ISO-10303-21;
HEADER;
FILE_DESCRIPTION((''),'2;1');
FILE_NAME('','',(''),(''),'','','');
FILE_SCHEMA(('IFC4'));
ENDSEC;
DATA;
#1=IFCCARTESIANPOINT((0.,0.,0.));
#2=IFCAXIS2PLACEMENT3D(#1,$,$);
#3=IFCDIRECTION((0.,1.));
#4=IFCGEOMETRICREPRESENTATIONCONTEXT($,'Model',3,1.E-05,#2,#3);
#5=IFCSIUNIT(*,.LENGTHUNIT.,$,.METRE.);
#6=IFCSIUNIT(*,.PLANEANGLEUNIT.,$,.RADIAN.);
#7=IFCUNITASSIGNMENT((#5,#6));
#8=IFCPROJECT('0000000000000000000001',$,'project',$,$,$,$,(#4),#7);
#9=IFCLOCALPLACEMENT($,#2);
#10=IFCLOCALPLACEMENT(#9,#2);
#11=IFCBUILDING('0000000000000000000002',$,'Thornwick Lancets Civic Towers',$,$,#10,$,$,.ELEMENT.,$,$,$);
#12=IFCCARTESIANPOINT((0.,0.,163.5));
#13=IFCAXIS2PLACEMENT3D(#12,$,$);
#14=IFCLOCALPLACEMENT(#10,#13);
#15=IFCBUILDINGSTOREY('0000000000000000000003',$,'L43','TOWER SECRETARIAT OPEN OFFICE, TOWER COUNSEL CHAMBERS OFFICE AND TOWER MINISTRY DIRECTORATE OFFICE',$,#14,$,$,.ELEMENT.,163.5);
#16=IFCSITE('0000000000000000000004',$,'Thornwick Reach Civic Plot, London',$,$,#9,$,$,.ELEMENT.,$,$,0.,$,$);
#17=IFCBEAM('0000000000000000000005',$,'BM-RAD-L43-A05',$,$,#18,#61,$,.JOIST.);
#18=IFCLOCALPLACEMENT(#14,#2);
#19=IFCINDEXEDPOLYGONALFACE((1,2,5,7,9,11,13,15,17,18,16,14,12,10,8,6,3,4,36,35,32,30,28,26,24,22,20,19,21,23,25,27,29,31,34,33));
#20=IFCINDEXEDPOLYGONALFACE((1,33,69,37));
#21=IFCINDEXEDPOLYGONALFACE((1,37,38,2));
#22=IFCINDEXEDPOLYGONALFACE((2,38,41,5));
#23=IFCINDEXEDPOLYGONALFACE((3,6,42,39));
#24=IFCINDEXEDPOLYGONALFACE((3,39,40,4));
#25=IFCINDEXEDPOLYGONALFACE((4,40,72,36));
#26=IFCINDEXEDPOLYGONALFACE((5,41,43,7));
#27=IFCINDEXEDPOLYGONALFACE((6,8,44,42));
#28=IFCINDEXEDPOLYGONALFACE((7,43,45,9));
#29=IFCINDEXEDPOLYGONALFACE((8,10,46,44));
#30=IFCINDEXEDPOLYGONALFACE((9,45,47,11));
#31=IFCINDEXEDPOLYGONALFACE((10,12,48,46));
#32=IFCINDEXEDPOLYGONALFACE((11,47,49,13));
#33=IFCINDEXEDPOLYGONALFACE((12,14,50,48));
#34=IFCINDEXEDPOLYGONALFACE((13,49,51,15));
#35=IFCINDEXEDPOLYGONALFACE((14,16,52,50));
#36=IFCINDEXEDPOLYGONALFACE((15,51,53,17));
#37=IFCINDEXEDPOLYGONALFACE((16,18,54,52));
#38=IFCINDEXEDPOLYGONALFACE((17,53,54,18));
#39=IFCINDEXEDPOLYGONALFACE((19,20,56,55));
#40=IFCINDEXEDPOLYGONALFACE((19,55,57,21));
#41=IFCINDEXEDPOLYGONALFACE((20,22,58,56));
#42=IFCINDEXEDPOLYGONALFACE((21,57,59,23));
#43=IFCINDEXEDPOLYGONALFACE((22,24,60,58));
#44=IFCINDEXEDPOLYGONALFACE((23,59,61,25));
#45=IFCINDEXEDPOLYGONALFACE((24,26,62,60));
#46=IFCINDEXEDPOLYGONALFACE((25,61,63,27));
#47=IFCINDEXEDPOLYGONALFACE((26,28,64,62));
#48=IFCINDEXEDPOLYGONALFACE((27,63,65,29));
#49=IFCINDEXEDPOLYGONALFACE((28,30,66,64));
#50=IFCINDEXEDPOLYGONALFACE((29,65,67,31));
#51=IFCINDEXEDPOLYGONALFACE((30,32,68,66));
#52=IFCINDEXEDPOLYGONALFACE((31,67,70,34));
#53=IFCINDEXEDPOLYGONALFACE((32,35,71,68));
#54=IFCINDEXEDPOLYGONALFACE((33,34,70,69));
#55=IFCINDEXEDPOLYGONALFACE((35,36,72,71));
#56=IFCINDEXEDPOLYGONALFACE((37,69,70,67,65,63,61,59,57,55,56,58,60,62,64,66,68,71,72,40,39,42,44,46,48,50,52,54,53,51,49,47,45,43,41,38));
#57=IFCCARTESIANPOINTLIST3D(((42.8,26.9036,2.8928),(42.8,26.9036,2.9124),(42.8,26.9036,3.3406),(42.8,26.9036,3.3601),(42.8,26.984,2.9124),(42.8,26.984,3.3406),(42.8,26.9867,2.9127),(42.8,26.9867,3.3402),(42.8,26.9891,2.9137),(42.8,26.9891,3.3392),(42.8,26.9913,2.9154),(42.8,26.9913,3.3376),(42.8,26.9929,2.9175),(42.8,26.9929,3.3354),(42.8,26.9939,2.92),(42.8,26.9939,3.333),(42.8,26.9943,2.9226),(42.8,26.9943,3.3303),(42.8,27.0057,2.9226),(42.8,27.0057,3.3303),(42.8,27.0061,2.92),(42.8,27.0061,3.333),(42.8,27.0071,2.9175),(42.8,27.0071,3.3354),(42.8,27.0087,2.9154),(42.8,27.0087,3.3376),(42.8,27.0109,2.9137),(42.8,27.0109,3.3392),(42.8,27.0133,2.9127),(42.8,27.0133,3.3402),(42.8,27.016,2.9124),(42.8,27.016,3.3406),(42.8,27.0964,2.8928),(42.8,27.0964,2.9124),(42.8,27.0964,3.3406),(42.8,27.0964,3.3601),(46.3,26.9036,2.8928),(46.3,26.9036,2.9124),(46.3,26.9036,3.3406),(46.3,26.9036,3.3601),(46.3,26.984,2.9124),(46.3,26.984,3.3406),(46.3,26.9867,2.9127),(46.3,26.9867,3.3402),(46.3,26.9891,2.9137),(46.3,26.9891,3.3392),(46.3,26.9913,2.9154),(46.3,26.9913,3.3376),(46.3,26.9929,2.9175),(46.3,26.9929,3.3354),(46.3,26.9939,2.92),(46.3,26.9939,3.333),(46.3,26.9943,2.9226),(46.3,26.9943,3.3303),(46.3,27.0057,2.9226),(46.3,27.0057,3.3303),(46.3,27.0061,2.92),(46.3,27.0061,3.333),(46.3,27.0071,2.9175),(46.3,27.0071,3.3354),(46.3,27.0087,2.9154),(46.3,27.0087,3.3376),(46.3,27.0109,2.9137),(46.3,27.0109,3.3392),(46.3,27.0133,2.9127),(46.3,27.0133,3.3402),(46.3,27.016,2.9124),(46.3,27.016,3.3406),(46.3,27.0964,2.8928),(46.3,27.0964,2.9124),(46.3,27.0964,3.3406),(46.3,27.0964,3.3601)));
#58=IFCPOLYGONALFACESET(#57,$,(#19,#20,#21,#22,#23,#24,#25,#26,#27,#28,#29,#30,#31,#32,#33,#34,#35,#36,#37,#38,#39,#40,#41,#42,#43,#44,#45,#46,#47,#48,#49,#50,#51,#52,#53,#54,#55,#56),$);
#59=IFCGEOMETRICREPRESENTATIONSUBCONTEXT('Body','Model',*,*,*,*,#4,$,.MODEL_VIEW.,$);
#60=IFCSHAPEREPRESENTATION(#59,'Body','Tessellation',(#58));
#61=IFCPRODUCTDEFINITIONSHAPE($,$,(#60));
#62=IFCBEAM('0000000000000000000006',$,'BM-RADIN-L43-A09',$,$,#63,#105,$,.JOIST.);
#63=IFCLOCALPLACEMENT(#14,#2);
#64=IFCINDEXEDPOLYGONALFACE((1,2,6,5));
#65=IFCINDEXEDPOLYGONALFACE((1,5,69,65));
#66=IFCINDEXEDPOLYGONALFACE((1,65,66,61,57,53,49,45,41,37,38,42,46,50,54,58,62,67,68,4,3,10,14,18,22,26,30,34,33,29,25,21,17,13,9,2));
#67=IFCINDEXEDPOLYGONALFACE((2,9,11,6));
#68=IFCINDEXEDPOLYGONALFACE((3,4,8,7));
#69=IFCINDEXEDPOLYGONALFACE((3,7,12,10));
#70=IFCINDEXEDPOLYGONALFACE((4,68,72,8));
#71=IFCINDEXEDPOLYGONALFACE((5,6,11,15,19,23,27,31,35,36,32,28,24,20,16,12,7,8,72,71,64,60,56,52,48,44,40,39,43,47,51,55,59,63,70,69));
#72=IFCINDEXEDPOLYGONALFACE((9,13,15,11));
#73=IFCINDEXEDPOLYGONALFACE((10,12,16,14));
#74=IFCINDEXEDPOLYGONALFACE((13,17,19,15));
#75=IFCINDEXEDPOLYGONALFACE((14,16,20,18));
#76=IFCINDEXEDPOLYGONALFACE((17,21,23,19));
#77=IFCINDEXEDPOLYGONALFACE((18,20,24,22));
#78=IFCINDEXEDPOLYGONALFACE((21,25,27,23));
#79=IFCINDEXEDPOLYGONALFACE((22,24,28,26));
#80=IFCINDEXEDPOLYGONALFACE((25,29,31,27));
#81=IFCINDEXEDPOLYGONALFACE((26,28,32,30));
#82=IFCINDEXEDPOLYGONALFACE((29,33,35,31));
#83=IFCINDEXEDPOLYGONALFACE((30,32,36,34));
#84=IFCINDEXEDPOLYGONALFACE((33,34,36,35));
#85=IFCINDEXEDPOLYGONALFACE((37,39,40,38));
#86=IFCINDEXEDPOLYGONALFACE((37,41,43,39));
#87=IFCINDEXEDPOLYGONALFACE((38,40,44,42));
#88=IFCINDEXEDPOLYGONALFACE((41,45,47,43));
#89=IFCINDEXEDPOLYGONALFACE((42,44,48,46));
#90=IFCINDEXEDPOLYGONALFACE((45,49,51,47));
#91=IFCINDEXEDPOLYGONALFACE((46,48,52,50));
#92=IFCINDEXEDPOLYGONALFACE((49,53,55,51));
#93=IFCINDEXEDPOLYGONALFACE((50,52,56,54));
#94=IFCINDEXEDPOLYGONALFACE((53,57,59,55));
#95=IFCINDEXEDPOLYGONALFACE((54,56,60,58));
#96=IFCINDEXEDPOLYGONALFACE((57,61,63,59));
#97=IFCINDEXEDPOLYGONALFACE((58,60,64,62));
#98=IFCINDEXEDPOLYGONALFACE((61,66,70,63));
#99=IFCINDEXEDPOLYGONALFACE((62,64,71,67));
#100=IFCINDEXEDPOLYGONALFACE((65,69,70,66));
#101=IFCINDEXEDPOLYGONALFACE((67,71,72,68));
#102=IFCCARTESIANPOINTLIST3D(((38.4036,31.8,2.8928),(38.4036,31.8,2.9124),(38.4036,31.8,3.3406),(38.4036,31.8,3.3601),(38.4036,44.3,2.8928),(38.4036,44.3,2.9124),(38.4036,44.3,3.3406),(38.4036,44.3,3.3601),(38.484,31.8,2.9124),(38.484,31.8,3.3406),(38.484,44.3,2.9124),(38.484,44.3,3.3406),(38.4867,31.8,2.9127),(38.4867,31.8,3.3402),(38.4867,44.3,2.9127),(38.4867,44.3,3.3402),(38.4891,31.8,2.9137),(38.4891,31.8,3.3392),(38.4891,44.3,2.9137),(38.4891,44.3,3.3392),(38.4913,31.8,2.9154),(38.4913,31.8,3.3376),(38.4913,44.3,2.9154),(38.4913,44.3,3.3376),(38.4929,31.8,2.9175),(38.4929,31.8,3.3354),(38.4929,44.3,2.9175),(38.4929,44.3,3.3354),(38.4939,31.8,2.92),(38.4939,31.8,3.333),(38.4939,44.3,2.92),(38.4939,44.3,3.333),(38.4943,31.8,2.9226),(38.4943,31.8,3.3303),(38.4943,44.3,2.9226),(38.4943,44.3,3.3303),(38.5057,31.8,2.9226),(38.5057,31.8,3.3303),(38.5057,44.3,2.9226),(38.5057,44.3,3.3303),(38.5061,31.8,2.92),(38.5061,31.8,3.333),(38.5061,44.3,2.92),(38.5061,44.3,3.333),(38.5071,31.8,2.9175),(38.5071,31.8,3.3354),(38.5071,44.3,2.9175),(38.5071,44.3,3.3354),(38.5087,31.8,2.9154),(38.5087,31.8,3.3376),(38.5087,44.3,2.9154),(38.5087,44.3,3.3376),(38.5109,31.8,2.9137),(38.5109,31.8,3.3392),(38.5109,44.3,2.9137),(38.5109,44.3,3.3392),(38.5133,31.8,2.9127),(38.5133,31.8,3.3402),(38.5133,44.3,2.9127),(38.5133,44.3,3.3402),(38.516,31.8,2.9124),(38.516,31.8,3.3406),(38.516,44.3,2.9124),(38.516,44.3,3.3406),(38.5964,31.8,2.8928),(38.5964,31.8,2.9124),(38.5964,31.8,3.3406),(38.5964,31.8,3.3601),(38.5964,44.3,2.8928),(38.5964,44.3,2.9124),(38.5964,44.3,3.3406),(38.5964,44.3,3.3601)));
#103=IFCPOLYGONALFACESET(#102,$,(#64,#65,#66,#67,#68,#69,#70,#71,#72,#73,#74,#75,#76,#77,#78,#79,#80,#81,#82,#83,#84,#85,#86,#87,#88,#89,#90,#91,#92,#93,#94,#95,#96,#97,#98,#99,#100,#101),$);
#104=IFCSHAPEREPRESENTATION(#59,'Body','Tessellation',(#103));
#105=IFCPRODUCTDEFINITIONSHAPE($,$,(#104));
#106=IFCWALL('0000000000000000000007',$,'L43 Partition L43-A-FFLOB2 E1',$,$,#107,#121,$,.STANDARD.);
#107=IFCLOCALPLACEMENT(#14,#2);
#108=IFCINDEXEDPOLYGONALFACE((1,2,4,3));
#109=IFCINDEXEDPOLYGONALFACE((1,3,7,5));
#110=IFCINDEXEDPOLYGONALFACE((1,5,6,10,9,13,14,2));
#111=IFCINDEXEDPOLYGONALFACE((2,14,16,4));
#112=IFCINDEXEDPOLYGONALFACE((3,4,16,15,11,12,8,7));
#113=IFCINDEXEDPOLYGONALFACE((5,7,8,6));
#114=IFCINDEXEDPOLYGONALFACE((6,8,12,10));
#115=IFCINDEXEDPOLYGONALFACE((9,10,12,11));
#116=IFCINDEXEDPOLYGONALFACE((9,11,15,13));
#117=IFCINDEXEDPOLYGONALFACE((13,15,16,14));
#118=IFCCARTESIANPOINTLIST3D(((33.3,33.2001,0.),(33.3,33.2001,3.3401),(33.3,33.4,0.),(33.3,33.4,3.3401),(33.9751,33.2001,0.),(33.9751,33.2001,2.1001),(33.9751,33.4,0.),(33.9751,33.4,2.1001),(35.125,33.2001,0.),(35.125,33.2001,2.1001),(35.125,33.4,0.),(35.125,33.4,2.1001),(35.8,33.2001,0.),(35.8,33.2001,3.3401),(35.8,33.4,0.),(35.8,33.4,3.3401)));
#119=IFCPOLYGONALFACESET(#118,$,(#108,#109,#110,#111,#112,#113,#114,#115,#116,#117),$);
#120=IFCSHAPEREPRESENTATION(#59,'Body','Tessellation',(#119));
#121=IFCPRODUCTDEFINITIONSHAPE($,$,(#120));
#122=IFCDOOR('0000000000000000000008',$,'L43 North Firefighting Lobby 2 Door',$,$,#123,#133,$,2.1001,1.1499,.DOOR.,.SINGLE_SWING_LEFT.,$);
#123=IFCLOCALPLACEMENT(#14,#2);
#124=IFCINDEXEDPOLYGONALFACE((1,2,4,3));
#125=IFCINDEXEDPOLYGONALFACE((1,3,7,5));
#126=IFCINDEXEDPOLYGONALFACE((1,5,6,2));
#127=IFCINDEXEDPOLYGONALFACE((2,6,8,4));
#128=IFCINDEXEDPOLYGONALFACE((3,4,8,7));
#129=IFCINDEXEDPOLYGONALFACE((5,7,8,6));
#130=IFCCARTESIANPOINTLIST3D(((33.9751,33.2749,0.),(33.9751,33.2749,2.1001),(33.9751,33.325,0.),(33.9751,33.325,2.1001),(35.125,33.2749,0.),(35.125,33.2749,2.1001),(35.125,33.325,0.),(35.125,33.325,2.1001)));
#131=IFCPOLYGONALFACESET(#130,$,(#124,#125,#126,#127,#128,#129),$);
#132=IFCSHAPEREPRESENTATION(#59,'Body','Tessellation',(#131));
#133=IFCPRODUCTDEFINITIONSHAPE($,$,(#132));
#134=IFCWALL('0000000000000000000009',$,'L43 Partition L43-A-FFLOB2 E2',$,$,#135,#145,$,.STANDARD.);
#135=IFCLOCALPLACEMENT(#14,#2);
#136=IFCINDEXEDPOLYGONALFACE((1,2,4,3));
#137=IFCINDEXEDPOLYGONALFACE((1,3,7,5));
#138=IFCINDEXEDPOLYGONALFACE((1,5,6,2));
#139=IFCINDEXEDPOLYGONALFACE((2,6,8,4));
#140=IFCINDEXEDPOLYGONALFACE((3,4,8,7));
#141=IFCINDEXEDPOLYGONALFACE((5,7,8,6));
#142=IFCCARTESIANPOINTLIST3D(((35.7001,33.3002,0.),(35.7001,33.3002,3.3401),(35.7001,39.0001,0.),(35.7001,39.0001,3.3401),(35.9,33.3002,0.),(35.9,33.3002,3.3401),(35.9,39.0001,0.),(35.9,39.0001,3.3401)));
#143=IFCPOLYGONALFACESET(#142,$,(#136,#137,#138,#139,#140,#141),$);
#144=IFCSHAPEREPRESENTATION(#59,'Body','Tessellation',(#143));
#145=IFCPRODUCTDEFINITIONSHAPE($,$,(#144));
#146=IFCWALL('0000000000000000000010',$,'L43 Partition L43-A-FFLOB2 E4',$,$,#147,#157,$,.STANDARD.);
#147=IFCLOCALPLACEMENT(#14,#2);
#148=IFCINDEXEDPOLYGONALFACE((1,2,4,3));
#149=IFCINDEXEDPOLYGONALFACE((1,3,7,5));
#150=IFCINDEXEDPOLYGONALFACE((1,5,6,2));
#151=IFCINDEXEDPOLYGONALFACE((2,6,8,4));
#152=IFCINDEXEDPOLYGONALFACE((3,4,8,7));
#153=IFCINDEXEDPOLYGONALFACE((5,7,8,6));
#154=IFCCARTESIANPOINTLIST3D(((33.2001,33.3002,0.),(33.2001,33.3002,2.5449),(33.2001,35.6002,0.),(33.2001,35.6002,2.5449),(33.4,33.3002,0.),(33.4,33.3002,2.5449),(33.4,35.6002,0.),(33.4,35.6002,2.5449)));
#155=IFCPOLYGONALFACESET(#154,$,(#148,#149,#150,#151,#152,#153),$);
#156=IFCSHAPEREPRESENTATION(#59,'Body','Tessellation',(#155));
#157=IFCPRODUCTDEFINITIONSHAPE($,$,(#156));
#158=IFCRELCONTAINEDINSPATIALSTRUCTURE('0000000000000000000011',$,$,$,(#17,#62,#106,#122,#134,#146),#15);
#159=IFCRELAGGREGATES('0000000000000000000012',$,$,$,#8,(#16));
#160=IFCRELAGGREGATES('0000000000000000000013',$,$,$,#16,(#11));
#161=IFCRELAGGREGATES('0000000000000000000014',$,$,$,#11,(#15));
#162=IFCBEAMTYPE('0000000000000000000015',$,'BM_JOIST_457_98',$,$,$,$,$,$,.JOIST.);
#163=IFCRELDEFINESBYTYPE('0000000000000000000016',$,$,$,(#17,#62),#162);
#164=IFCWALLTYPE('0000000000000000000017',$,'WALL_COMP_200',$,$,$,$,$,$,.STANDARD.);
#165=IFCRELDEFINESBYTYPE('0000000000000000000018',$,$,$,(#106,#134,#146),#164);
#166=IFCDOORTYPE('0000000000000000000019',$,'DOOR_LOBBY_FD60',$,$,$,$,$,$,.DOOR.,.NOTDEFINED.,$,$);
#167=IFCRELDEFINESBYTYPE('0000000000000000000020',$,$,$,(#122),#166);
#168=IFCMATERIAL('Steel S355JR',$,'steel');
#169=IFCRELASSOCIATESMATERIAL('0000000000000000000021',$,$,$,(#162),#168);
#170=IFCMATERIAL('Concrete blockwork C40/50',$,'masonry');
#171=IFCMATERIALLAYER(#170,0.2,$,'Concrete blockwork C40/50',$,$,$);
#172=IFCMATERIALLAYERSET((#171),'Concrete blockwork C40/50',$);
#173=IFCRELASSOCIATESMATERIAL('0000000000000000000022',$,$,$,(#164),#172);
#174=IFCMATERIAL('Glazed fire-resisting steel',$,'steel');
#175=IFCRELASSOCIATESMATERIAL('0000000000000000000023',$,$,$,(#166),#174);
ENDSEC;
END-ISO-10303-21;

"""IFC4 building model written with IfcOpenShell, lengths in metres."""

from ifc_helpers import new_model, si_unit, direction, frame, frame_2d, origin, origin_2d, place, context, subcontext, project, spatial, rectangle, i_section, extrude, material, layer, layer_set, material_profile, profile_set, type_object, element, fill, save


model = new_model("IFC4")

# Units and contexts
model_context = context("Model", 3, precision=1e-05, world=origin(), true_north=direction((0.0, 1.0)))
body_context = subcontext(model_context, "Body", "Model", "MODEL_VIEW")
ifc_project = project(units=[si_unit("LENGTHUNIT", "METRE"), si_unit("PLANEANGLEUNIT", "RADIAN")], contexts=[model_context])

# Site, building, storey
site_placement = place(None, origin())
site = spatial("IfcSite", under=ifc_project, at=site_placement, Name="Thornwick Reach Civic Plot, London", CompositionType="ELEMENT", RefElevation=0.0)
building_placement = place(site_placement, origin())
building = spatial("IfcBuilding", under=site, at=building_placement, Name="Thornwick Lancets Civic Towers", CompositionType="ELEMENT")
storey_placement = place(building_placement, frame((0.0, 0.0, 163.5)))
storey = spatial("IfcBuildingStorey", under=building, at=storey_placement, Name="L43", Description="TOWER SECRETARIAT OPEN OFFICE, TOWER COUNSEL CHAMBERS OFFICE AND TOWER MINISTRY DIRECTORATE OFFICE", CompositionType="ELEMENT", Elevation=163.5)

# Beams
ifc_material_1 = material(Name="Steel S355JR", Category="steel")
ifc_material_profile_1 = material_profile(ifc_material_1, i_section(OverallWidth=0.1929, OverallDepth=0.4673, WebThickness=0.0115, FlangeThickness=0.0195, FilletRadius=0.0103, at=origin_2d()), Name="UKB 457x191x98")
ifc_profile_set_1 = profile_set([ifc_material_profile_1], Name="Steel S355JR")
beam_type_1 = type_object("IfcBeamType", Name="BM_JOIST_457_98", PredefinedType="JOIST", material=ifc_profile_set_1)
beam_1_placement = place(storey_placement, frame((42.8, 27.0, 3.1265), z_axis=(1.0, 0.0, 0.0), x_axis=(0.0, 1.0, 0.0)))
element("IfcBeam", 1, at=beam_1_placement, inside=storey, type_object=beam_type_1, Name="BM-RAD-L43-A05", PredefinedType="JOIST", context=body_context, shape_type="SweptSolid", body=[
    extrude(i_section(OverallWidth=0.1929, OverallDepth=0.4673, WebThickness=0.0115, FlangeThickness=0.0195, FilletRadius=0.0103, at=origin_2d()), origin(), (0.0, 0.0, 1.0), 3.5),
])
beam_2_placement = place(storey_placement, frame((38.5, 31.8, 3.1265), z_axis=(0.0, 1.0, 0.0), x_axis=(-1.0, 0.0, 0.0)))
element("IfcBeam", 2, at=beam_2_placement, inside=storey, type_object=beam_type_1, Name="BM-RADIN-L43-A09", PredefinedType="JOIST", context=body_context, shape_type="SweptSolid", body=[
    extrude(i_section(OverallWidth=0.1929, OverallDepth=0.4673, WebThickness=0.0115, FlangeThickness=0.0195, FilletRadius=0.0103, at=origin_2d()), origin(), (0.0, 0.0, 1.0), 12.5),
])

# Wall, opening, door
ifc_material_2 = material(Name="Concrete blockwork C40/50", Category="masonry")
ifc_layer_1 = layer(ifc_material_2, 0.2, Name="Concrete blockwork C40/50")
ifc_layer_set_1 = layer_set([ifc_layer_1], Name="Concrete blockwork C40/50")
wall_type_1 = type_object("IfcWallType", Name="WALL_COMP_200", PredefinedType="STANDARD", material=ifc_layer_set_1)
wall_1_placement = place(storey_placement, frame((33.3, 33.3, 0.0), z_axis=(0.0, 0.0, 1.0), x_axis=(1.0, 0.0, 0.0)))
wall_1 = element("IfcWall", 3, at=wall_1_placement, inside=storey, type_object=wall_type_1, Name="L43 Partition L43-A-FFLOB2 E1", PredefinedType="STANDARD", context=body_context, shape_type="SweptSolid", body=[
    extrude(rectangle(XDim=2.5, YDim=0.2, at=frame_2d((1.25, 0.0))), origin(), (0.0, 0.0, 1.0), 3.3401),
])
opening_1_placement = place(wall_1_placement, frame((0.675, 0.0, 0.0)))
opening_1 = element("IfcOpeningElement", 4, at=opening_1_placement, cuts=wall_1, PredefinedType="OPENING", context=body_context, shape_type="SweptSolid", body=[
    extrude(rectangle(XDim=1.1499, YDim=2.1001, at=frame_2d((0.575, 1.05))), frame((0.0, 0.1099, 0.0), z_axis=(0.0, -1.0, 0.0), x_axis=(1.0, 0.0, 0.0)), (0.0, 0.0, 1.0), 0.22),
])
ifc_material_3 = material(Name="Glazed fire-resisting steel", Category="steel")
door_type_1 = type_object("IfcDoorType", Name="DOOR_LOBBY_FD60", OperationType="NOTDEFINED", PredefinedType="DOOR", material=ifc_material_3)
door_1_placement = place(opening_1_placement, origin())
door_1 = element("IfcDoor", 5, at=door_1_placement, inside=storey, type_object=door_type_1, Name="L43 North Firefighting Lobby 2 Door", OperationType="SINGLE_SWING_LEFT", OverallHeight=2.1001, OverallWidth=1.1499, PredefinedType="DOOR", context=body_context, shape_type="SweptSolid", body=[
    extrude(rectangle(XDim=1.1499, YDim=2.1001, at=frame_2d((0.575, 1.05))), frame((0.0, 0.0249, 0.0), z_axis=(0.0, -1.0, 0.0), x_axis=(1.0, 0.0, 0.0)), (0.0, 0.0, 1.0), 0.05),
])
fill(opening_1, door_1)

# Walls
wall_2_placement = place(storey_placement, frame((35.8, 33.3, 0.0), z_axis=(0.0, 0.0, 1.0), x_axis=(0.0, 1.0, 0.0)))
element("IfcWall", 6, at=wall_2_placement, inside=storey, type_object=wall_type_1, Name="L43 Partition L43-A-FFLOB2 E2", PredefinedType="STANDARD", context=body_context, shape_type="SweptSolid", body=[
    extrude(rectangle(XDim=5.7, YDim=0.2, at=frame_2d((2.8501, 0.0))), origin(), (0.0, 0.0, 1.0), 3.3401),
])
wall_3_placement = place(storey_placement, frame((33.3, 35.6001, 0.0), z_axis=(0.0, 0.0, 1.0), x_axis=(0.0, -1.0, 0.0)))
element("IfcWall", 7, at=wall_3_placement, inside=storey, type_object=wall_type_1, Name="L43 Partition L43-A-FFLOB2 E4", PredefinedType="STANDARD", context=body_context, shape_type="SweptSolid", body=[
    extrude(rectangle(XDim=2.3, YDim=0.2, at=frame_2d((1.1499, 0.0))), origin(), (0.0, 0.0, 1.0), 2.5449),
])

save(model, "model.ifc")
